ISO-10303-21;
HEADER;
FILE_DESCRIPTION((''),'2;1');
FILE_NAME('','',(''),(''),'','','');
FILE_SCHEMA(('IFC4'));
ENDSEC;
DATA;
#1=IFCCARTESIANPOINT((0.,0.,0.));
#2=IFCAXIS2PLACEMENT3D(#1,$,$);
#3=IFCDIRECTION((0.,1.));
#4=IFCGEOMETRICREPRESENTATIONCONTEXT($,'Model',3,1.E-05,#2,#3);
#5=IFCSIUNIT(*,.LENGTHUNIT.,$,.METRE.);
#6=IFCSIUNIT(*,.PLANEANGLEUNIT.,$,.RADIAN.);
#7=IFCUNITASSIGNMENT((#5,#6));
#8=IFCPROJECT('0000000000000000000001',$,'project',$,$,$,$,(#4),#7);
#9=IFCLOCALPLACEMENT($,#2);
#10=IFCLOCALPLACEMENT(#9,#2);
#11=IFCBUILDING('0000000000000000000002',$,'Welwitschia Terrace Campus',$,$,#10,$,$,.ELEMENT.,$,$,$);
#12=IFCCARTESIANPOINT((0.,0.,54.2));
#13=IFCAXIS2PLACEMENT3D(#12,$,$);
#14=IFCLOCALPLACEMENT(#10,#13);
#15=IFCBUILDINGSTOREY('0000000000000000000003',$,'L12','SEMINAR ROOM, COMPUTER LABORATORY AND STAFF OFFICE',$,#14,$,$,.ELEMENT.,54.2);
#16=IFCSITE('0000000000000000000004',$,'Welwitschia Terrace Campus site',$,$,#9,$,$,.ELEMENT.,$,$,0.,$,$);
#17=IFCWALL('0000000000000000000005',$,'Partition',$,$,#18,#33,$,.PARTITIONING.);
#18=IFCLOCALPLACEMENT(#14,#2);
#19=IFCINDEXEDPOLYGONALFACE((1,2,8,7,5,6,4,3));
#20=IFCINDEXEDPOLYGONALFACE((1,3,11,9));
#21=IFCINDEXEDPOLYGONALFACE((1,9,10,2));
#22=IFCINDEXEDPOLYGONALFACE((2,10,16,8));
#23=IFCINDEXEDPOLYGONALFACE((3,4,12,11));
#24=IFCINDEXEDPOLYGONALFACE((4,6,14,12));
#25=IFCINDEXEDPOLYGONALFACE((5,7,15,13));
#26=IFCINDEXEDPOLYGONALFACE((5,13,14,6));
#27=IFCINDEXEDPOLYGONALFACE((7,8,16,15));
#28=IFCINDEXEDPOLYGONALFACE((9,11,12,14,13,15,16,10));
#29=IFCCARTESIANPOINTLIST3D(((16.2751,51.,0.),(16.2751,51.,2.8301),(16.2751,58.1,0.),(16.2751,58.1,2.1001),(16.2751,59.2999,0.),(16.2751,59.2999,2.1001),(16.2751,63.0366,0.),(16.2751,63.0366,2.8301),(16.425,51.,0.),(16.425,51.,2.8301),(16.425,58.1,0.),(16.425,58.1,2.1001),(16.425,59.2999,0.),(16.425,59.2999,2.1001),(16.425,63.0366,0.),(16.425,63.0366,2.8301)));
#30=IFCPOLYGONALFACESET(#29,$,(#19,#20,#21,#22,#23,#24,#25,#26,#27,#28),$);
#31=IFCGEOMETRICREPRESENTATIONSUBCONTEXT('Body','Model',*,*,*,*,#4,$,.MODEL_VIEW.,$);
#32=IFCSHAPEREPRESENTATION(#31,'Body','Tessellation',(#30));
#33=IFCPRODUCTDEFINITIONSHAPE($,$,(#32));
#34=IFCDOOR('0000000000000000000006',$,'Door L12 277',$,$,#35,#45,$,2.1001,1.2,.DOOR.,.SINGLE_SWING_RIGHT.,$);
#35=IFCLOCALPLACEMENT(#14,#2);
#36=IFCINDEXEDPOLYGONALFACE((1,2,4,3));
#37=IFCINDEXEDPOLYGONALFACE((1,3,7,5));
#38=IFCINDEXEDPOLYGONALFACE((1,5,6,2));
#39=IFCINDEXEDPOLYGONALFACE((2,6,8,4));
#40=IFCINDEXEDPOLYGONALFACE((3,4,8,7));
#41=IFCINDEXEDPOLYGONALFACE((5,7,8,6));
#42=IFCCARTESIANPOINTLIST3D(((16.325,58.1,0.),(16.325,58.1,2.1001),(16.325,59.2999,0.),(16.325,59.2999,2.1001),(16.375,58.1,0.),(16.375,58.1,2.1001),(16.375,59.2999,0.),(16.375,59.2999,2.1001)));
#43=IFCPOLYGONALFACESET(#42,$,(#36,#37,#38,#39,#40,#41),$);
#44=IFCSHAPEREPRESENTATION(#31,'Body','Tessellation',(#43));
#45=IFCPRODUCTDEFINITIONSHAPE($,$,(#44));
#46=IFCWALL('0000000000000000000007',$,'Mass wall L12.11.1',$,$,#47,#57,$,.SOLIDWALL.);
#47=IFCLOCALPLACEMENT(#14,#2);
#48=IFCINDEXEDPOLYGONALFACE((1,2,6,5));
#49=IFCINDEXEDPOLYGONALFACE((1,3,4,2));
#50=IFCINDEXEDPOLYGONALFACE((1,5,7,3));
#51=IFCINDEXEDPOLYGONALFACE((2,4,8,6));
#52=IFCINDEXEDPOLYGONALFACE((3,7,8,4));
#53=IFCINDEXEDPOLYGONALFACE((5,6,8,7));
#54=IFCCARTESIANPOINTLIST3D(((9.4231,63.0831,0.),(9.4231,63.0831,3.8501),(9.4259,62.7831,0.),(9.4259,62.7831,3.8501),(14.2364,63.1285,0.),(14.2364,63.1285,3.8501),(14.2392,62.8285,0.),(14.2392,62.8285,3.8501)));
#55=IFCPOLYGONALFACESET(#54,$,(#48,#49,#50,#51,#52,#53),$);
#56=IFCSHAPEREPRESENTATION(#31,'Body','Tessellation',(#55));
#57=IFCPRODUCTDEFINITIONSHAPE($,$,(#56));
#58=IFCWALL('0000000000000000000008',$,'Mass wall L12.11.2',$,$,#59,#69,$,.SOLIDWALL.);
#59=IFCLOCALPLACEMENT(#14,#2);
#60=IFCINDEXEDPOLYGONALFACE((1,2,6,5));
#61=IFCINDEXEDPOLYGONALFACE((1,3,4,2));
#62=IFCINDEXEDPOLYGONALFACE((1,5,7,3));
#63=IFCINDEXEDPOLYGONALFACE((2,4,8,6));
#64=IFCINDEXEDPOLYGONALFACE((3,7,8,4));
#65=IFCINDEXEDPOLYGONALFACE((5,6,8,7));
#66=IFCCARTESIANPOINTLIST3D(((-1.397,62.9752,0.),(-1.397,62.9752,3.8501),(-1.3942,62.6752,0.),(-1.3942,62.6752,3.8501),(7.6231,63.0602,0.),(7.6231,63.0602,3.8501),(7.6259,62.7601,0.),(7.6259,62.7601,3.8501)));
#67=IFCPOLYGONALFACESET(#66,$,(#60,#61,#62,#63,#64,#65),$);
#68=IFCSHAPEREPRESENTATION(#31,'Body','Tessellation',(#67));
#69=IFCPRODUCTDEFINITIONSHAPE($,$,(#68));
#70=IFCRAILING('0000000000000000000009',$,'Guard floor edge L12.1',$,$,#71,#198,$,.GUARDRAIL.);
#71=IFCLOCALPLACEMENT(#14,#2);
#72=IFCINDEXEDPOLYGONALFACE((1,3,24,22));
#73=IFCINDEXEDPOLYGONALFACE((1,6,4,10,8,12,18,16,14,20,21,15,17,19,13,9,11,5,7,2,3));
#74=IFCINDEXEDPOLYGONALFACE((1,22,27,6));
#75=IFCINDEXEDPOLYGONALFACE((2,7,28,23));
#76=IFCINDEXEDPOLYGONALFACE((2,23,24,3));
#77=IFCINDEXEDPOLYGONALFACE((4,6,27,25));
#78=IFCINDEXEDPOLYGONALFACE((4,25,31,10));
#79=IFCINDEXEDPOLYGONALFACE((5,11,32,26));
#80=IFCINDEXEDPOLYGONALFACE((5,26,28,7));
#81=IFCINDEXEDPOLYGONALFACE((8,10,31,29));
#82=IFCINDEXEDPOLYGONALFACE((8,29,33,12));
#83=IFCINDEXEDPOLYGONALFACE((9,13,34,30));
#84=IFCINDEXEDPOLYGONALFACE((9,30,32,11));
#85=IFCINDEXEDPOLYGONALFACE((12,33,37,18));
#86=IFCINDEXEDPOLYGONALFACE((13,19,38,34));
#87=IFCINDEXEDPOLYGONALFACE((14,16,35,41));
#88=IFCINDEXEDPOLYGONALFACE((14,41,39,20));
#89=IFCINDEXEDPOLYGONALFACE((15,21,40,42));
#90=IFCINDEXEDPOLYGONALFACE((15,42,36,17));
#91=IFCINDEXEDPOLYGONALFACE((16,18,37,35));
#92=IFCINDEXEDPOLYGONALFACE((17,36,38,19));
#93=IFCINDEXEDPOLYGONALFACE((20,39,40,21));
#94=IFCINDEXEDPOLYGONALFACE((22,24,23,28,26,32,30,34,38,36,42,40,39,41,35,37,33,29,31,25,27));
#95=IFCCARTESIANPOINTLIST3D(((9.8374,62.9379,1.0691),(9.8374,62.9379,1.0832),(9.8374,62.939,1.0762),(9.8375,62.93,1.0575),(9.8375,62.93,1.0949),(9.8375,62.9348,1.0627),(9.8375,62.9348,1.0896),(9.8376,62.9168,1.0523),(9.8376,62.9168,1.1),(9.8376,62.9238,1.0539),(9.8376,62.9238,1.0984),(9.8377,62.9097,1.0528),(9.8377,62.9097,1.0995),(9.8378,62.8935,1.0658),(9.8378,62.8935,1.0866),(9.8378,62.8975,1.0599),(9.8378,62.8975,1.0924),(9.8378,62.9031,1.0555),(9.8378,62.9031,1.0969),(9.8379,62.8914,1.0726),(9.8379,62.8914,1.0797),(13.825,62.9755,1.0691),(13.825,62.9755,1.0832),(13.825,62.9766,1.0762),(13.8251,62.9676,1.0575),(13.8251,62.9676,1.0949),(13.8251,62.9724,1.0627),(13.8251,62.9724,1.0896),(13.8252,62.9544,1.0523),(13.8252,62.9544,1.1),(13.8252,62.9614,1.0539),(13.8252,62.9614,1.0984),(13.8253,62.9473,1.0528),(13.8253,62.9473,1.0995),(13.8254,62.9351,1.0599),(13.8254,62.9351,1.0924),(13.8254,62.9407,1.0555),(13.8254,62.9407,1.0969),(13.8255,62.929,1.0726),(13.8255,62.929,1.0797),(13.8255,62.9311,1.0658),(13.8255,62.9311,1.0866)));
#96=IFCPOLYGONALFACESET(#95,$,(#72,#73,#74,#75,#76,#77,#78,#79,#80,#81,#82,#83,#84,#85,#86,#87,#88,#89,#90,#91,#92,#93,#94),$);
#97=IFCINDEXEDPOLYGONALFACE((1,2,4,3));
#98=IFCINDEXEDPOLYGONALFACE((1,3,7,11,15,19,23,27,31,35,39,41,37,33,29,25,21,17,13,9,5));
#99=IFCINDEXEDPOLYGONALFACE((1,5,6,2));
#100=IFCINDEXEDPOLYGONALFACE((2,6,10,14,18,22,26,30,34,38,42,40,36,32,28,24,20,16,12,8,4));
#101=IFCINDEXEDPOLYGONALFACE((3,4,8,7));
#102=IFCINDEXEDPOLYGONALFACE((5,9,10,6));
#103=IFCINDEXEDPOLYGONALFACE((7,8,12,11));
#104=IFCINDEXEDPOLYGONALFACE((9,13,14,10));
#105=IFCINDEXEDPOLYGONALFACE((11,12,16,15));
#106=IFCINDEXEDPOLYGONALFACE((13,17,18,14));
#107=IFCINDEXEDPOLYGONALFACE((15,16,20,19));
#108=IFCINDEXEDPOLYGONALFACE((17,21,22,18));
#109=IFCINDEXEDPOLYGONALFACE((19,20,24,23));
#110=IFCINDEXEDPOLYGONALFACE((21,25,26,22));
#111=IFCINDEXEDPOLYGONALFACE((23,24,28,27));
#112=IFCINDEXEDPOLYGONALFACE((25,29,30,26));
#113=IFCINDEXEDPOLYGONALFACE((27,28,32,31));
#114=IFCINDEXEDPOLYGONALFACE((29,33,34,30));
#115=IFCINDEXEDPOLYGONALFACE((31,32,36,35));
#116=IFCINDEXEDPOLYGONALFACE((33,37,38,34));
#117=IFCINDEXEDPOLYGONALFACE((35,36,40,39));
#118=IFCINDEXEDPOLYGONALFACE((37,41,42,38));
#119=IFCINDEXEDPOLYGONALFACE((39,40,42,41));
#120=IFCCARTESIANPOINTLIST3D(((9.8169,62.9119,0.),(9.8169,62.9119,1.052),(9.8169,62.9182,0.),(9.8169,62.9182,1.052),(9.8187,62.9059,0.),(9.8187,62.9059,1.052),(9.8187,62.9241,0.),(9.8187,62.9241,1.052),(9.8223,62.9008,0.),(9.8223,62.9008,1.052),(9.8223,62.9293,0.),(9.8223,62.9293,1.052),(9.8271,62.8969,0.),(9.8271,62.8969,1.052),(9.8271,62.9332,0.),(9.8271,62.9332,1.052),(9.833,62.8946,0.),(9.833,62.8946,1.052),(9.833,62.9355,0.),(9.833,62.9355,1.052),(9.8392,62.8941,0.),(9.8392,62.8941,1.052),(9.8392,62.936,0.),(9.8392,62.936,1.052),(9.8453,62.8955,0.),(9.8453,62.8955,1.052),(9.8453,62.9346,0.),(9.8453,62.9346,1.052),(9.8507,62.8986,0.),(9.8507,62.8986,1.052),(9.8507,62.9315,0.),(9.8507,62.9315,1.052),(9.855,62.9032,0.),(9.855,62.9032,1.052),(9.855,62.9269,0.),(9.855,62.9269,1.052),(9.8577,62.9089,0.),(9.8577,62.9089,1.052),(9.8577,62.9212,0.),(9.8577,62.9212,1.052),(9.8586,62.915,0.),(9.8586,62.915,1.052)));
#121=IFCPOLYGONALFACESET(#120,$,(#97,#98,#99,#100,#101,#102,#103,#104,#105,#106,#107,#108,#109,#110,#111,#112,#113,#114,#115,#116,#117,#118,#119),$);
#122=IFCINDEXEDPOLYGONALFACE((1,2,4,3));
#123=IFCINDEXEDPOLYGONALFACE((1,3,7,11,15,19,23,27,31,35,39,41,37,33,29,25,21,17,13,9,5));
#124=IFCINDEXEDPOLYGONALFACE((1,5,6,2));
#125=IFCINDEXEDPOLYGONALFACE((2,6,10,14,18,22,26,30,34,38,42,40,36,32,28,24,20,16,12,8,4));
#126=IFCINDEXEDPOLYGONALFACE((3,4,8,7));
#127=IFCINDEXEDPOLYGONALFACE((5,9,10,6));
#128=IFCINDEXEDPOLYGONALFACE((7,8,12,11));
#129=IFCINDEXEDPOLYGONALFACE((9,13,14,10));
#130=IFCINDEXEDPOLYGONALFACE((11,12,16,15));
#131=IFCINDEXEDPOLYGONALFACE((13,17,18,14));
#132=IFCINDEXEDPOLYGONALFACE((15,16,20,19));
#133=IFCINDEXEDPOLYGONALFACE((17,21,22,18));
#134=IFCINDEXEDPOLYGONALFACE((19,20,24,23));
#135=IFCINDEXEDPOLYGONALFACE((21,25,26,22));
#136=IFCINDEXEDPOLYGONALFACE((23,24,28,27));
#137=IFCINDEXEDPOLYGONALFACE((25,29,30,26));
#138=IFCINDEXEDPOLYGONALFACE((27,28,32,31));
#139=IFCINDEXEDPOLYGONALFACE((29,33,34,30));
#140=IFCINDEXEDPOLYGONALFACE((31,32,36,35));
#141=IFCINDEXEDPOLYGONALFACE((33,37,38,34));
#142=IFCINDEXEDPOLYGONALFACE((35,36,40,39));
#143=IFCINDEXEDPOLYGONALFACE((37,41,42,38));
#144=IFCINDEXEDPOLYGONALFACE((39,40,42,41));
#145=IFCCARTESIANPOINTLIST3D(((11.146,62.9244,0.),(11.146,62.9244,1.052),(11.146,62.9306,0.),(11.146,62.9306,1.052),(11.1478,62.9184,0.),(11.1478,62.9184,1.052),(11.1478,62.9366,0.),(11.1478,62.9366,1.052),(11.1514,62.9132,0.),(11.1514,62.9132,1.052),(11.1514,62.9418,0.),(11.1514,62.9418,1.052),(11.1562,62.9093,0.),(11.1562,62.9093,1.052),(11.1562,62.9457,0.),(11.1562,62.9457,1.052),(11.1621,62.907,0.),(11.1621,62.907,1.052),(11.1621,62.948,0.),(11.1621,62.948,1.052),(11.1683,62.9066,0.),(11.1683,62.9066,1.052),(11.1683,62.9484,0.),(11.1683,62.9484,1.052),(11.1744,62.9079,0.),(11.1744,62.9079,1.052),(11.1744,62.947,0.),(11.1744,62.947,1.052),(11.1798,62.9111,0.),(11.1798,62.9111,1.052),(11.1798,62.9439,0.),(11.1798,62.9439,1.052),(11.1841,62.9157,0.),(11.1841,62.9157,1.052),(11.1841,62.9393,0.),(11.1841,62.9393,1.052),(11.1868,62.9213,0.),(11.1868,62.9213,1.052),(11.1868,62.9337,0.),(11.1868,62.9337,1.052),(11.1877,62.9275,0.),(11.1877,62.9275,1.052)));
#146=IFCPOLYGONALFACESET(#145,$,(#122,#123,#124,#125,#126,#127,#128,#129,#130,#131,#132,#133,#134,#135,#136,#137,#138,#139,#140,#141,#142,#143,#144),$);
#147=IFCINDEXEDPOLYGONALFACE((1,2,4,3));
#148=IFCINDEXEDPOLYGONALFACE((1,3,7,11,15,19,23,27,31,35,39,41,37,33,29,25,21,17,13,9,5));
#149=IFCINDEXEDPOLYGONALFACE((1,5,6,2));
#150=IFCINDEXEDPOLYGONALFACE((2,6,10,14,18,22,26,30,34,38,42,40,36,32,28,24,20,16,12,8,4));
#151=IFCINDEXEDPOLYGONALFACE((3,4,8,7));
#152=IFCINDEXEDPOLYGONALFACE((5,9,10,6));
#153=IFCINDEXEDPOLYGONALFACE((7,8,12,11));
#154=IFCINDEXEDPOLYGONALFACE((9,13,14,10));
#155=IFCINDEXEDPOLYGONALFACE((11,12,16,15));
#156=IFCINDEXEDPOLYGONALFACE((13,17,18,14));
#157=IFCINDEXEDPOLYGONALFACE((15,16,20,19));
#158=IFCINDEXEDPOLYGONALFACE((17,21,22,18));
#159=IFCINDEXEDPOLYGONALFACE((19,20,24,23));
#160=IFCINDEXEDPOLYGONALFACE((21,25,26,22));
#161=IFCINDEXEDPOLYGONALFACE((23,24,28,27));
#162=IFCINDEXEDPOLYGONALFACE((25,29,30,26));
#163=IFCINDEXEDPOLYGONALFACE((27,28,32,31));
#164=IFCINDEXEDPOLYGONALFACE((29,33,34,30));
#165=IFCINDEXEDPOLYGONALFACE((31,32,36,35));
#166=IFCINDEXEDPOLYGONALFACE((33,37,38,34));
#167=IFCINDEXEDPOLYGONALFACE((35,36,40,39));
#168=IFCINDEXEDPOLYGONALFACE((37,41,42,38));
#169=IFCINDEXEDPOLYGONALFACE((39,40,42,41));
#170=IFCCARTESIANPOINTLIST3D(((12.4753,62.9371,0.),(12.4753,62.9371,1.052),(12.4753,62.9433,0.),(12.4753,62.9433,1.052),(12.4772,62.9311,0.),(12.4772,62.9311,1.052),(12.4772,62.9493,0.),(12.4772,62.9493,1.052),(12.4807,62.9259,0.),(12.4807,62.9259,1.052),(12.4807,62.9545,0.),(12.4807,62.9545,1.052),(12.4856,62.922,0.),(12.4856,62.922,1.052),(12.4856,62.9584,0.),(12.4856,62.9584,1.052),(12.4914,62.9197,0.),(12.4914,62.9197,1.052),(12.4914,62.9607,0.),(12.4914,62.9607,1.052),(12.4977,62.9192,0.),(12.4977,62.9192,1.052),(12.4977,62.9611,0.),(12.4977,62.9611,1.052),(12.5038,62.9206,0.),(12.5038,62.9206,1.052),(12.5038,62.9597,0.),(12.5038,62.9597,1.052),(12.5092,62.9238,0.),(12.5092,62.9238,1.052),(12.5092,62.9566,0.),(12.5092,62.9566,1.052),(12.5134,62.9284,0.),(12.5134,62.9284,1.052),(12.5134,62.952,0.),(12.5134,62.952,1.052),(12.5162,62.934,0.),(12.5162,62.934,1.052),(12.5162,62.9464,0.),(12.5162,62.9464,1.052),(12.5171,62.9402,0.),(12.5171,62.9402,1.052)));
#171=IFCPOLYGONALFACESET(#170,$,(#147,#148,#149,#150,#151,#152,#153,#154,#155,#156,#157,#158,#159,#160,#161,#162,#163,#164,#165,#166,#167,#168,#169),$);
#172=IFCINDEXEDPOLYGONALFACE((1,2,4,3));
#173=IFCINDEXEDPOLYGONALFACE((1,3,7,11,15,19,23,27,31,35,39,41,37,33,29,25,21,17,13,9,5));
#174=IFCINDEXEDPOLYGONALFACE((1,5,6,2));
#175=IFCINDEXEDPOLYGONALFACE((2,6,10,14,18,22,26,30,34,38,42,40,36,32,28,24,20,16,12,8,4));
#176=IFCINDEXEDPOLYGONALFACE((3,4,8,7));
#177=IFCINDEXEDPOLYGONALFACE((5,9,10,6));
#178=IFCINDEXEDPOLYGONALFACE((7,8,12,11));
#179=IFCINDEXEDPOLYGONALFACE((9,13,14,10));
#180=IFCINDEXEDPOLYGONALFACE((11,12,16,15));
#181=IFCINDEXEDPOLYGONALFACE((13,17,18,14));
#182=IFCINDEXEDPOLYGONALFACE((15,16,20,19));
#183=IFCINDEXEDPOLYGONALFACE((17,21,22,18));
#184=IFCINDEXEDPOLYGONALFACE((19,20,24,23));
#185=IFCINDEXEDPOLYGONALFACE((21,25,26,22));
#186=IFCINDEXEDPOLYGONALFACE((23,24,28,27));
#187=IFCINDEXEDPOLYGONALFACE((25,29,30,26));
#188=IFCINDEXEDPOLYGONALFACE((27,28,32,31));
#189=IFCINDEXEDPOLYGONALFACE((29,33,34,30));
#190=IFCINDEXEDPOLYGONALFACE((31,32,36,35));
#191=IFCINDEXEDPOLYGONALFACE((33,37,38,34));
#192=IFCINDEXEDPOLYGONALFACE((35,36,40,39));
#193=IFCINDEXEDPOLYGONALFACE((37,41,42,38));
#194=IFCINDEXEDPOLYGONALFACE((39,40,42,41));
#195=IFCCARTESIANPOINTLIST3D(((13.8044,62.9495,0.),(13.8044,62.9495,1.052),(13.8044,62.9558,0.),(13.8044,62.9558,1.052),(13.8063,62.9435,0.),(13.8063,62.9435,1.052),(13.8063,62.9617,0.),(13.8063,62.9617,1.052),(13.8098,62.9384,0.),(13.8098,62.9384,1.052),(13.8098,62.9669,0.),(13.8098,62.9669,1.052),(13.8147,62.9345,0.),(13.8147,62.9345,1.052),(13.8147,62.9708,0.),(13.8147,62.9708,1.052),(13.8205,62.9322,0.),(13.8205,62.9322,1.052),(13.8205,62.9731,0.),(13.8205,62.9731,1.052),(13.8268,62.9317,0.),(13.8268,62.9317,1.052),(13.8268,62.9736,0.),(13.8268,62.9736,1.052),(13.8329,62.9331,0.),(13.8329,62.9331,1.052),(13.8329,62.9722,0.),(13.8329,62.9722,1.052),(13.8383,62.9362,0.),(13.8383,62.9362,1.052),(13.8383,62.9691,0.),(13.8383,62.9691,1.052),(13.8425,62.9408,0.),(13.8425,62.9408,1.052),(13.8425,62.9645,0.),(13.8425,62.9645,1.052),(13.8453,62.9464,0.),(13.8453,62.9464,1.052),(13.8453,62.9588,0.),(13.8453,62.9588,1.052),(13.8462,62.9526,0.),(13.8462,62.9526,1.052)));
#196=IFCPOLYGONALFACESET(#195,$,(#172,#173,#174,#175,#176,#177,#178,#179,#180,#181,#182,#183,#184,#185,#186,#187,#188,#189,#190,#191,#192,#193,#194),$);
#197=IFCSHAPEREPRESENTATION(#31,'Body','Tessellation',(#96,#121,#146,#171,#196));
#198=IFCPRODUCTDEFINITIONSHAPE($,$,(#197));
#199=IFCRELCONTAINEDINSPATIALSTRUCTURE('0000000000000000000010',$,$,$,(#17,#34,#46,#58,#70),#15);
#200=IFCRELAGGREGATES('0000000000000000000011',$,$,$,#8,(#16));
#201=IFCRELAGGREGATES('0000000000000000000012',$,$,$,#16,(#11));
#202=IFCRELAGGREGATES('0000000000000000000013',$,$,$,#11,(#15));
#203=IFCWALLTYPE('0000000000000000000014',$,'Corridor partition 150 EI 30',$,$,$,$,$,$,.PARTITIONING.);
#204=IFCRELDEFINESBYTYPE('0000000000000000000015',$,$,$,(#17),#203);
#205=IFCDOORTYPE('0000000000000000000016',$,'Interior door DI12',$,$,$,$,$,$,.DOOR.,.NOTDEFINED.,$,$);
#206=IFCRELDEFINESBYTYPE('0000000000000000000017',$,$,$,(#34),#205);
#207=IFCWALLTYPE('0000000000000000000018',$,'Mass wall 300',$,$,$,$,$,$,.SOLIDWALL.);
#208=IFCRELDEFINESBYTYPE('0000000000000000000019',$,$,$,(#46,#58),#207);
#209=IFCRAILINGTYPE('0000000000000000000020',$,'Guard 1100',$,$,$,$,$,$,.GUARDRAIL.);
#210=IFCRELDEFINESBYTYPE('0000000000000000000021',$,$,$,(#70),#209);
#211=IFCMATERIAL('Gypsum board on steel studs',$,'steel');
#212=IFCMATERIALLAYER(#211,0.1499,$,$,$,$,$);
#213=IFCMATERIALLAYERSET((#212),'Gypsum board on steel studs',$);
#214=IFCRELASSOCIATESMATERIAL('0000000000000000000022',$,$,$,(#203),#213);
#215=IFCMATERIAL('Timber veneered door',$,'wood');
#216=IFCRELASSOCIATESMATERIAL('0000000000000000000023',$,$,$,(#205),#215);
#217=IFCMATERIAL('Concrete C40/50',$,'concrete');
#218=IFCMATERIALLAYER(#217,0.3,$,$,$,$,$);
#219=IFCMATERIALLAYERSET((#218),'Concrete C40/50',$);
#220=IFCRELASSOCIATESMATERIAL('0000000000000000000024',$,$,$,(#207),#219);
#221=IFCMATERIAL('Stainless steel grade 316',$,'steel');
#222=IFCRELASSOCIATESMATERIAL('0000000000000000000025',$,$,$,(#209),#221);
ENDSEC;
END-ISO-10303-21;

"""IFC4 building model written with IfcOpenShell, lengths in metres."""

from ifc_helpers import new_model, si_unit, direction, frame, frame_2d, origin, origin_2d, place, context, subcontext, project, spatial, rectangle, circle, extrude, material, layer, layer_set, type_object, element, fill, save


model = new_model("IFC4")

# Units and contexts
model_context = context("Model", 3, precision=1e-05, world=origin(), true_north=direction((0.0, 1.0)))
body_context = subcontext(model_context, "Body", "Model", "MODEL_VIEW")
ifc_project = project(units=[si_unit("LENGTHUNIT", "METRE"), si_unit("PLANEANGLEUNIT", "RADIAN")], contexts=[model_context])

# Site, building, storey
site_placement = place(None, origin())
site = spatial("IfcSite", under=ifc_project, at=site_placement, Name="Welwitschia Terrace Campus site", CompositionType="ELEMENT", RefElevation=0.0)
building_placement = place(site_placement, origin())
building = spatial("IfcBuilding", under=site, at=building_placement, Name="Welwitschia Terrace Campus", CompositionType="ELEMENT")
storey_placement = place(building_placement, frame((0.0, 0.0, 54.2)))
storey = spatial("IfcBuildingStorey", under=building, at=storey_placement, Name="L12", Description="SEMINAR ROOM, COMPUTER LABORATORY AND STAFF OFFICE", CompositionType="ELEMENT", Elevation=54.2)

# Shared definitions
ifc_material_1 = material(Name="Gypsum board on steel studs", Category="steel")
ifc_layer_1 = layer(ifc_material_1, 0.1499)
ifc_layer_set_1 = layer_set([ifc_layer_1], Name="Gypsum board on steel studs")
wall_type_1 = type_object("IfcWallType", Name="Corridor partition 150 EI 30", PredefinedType="PARTITIONING", material=ifc_layer_set_1)
ifc_material_2 = material(Name="Timber veneered door", Category="wood")
door_type_1 = type_object("IfcDoorType", Name="Interior door DI12", OperationType="NOTDEFINED", PredefinedType="DOOR", material=ifc_material_2)

# Wall, opening, door
wall_1_placement = place(storey_placement, frame((16.3501, 63.0366, 0.0), z_axis=(0.0, 0.0, 1.0), x_axis=(0.0, -1.0, 0.0)))
wall_1 = element("IfcWall", 1, at=wall_1_placement, inside=storey, type_object=wall_type_1, Name="Partition", PredefinedType="PARTITIONING", context=body_context, shape_type="SweptSolid", body=[
    extrude(rectangle(XDim=12.0366, YDim=0.1499, at=frame_2d((6.0183, 0.0))), origin(), (0.0, 0.0, 1.0), 2.8301),
])
opening_1_placement = place(wall_1_placement, frame((3.7366, 0.0, 0.0)))
opening_1 = element("IfcOpeningElement", 2, at=opening_1_placement, cuts=wall_1, PredefinedType="OPENING", context=body_context, shape_type="SweptSolid", body=[
    extrude(rectangle(XDim=1.2, YDim=2.1001, at=frame_2d((0.6001, 1.05))), frame((0.0, 0.085, 0.0), z_axis=(0.0, -1.0, 0.0), x_axis=(1.0, 0.0, 0.0)), (0.0, 0.0, 1.0), 0.1699),
])
door_1_placement = place(opening_1_placement, origin())
door_1 = element("IfcDoor", 3, at=door_1_placement, inside=storey, type_object=door_type_1, Name="Door L12 277", OperationType="SINGLE_SWING_RIGHT", OverallHeight=2.1001, OverallWidth=1.2, PredefinedType="DOOR", context=body_context, shape_type="SweptSolid", body=[
    extrude(rectangle(XDim=1.2, YDim=2.1001, at=frame_2d((0.6001, 1.05))), frame((0.0, 0.0249, 0.0), z_axis=(0.0, -1.0, 0.0), x_axis=(1.0, 0.0, 0.0)), (0.0, 0.0, 1.0), 0.05),
])
fill(opening_1, door_1)

# Walls
ifc_material_3 = material(Name="Concrete C40/50", Category="concrete")
ifc_layer_2 = layer(ifc_material_3, 0.3)
ifc_layer_set_2 = layer_set([ifc_layer_2], Name="Concrete C40/50")
wall_type_2 = type_object("IfcWallType", Name="Mass wall 300", PredefinedType="SOLIDWALL", material=ifc_layer_set_2)
wall_2_placement = place(storey_placement, frame((14.2378, 62.9785, 0.0), z_axis=(0.0, 0.0, 1.0), x_axis=(-0.999955, -0.009434, 0.0)))
element("IfcWall", 4, at=wall_2_placement, inside=storey, type_object=wall_type_2, Name="Mass wall L12.11.1", PredefinedType="SOLIDWALL", context=body_context, shape_type="SweptSolid", body=[
    extrude(rectangle(XDim=4.8135, YDim=0.3, at=frame_2d((2.4067, 0.0))), origin(), (0.0, 0.0, 1.0), 3.8501),
])
wall_3_placement = place(storey_placement, frame((7.6245, 62.9102, 0.0), z_axis=(0.0, 0.0, 1.0), x_axis=(-0.999956, -0.009419, 0.0)))
element("IfcWall", 5, at=wall_3_placement, inside=storey, type_object=wall_type_2, Name="Mass wall L12.11.2", PredefinedType="SOLIDWALL", context=body_context, shape_type="SweptSolid", body=[
    extrude(rectangle(XDim=9.0205, YDim=0.3, at=frame_2d((4.5103, 0.0))), origin(), (0.0, 0.0, 1.0), 3.8501),
])

# Railing
ifc_material_4 = material(Name="Stainless steel grade 316", Category="steel")
railing_type = type_object("IfcRailingType", Name="Guard 1100", PredefinedType="GUARDRAIL", material=ifc_material_4)
railing_1_placement = place(storey_placement, frame((9.8376, 62.915, 0.0)))
element("IfcRailing", 6, at=railing_1_placement, inside=storey, type_object=railing_type, Name="Guard floor edge L12.1", PredefinedType="GUARDRAIL", context=body_context, shape_type="SweptSolid", body=[
    extrude(circle(Radius=0.0239, at=origin_2d()), frame((0.0, 0.0, 1.0762), z_axis=(0.999956, 0.009428, 0.0), x_axis=(-0.009428, 0.999956, 0.0)), (0.0, 0.0, 1.0), 3.9878),
    extrude(circle(Radius=0.021, at=origin_2d()), origin(), (0.0, 0.0, 1.0), 1.052),
    extrude(circle(Radius=0.021, at=origin_2d()), frame((1.3291, 0.0125, 0.0)), (0.0, 0.0, 1.0), 1.052),
    extrude(circle(Radius=0.021, at=origin_2d()), frame((2.6584, 0.0251, 0.0)), (0.0, 0.0, 1.0), 1.052),
    extrude(circle(Radius=0.021, at=origin_2d()), frame((3.9875, 0.0376, 0.0)), (0.0, 0.0, 1.0), 1.052),
])

save(model, "model.ifc")
